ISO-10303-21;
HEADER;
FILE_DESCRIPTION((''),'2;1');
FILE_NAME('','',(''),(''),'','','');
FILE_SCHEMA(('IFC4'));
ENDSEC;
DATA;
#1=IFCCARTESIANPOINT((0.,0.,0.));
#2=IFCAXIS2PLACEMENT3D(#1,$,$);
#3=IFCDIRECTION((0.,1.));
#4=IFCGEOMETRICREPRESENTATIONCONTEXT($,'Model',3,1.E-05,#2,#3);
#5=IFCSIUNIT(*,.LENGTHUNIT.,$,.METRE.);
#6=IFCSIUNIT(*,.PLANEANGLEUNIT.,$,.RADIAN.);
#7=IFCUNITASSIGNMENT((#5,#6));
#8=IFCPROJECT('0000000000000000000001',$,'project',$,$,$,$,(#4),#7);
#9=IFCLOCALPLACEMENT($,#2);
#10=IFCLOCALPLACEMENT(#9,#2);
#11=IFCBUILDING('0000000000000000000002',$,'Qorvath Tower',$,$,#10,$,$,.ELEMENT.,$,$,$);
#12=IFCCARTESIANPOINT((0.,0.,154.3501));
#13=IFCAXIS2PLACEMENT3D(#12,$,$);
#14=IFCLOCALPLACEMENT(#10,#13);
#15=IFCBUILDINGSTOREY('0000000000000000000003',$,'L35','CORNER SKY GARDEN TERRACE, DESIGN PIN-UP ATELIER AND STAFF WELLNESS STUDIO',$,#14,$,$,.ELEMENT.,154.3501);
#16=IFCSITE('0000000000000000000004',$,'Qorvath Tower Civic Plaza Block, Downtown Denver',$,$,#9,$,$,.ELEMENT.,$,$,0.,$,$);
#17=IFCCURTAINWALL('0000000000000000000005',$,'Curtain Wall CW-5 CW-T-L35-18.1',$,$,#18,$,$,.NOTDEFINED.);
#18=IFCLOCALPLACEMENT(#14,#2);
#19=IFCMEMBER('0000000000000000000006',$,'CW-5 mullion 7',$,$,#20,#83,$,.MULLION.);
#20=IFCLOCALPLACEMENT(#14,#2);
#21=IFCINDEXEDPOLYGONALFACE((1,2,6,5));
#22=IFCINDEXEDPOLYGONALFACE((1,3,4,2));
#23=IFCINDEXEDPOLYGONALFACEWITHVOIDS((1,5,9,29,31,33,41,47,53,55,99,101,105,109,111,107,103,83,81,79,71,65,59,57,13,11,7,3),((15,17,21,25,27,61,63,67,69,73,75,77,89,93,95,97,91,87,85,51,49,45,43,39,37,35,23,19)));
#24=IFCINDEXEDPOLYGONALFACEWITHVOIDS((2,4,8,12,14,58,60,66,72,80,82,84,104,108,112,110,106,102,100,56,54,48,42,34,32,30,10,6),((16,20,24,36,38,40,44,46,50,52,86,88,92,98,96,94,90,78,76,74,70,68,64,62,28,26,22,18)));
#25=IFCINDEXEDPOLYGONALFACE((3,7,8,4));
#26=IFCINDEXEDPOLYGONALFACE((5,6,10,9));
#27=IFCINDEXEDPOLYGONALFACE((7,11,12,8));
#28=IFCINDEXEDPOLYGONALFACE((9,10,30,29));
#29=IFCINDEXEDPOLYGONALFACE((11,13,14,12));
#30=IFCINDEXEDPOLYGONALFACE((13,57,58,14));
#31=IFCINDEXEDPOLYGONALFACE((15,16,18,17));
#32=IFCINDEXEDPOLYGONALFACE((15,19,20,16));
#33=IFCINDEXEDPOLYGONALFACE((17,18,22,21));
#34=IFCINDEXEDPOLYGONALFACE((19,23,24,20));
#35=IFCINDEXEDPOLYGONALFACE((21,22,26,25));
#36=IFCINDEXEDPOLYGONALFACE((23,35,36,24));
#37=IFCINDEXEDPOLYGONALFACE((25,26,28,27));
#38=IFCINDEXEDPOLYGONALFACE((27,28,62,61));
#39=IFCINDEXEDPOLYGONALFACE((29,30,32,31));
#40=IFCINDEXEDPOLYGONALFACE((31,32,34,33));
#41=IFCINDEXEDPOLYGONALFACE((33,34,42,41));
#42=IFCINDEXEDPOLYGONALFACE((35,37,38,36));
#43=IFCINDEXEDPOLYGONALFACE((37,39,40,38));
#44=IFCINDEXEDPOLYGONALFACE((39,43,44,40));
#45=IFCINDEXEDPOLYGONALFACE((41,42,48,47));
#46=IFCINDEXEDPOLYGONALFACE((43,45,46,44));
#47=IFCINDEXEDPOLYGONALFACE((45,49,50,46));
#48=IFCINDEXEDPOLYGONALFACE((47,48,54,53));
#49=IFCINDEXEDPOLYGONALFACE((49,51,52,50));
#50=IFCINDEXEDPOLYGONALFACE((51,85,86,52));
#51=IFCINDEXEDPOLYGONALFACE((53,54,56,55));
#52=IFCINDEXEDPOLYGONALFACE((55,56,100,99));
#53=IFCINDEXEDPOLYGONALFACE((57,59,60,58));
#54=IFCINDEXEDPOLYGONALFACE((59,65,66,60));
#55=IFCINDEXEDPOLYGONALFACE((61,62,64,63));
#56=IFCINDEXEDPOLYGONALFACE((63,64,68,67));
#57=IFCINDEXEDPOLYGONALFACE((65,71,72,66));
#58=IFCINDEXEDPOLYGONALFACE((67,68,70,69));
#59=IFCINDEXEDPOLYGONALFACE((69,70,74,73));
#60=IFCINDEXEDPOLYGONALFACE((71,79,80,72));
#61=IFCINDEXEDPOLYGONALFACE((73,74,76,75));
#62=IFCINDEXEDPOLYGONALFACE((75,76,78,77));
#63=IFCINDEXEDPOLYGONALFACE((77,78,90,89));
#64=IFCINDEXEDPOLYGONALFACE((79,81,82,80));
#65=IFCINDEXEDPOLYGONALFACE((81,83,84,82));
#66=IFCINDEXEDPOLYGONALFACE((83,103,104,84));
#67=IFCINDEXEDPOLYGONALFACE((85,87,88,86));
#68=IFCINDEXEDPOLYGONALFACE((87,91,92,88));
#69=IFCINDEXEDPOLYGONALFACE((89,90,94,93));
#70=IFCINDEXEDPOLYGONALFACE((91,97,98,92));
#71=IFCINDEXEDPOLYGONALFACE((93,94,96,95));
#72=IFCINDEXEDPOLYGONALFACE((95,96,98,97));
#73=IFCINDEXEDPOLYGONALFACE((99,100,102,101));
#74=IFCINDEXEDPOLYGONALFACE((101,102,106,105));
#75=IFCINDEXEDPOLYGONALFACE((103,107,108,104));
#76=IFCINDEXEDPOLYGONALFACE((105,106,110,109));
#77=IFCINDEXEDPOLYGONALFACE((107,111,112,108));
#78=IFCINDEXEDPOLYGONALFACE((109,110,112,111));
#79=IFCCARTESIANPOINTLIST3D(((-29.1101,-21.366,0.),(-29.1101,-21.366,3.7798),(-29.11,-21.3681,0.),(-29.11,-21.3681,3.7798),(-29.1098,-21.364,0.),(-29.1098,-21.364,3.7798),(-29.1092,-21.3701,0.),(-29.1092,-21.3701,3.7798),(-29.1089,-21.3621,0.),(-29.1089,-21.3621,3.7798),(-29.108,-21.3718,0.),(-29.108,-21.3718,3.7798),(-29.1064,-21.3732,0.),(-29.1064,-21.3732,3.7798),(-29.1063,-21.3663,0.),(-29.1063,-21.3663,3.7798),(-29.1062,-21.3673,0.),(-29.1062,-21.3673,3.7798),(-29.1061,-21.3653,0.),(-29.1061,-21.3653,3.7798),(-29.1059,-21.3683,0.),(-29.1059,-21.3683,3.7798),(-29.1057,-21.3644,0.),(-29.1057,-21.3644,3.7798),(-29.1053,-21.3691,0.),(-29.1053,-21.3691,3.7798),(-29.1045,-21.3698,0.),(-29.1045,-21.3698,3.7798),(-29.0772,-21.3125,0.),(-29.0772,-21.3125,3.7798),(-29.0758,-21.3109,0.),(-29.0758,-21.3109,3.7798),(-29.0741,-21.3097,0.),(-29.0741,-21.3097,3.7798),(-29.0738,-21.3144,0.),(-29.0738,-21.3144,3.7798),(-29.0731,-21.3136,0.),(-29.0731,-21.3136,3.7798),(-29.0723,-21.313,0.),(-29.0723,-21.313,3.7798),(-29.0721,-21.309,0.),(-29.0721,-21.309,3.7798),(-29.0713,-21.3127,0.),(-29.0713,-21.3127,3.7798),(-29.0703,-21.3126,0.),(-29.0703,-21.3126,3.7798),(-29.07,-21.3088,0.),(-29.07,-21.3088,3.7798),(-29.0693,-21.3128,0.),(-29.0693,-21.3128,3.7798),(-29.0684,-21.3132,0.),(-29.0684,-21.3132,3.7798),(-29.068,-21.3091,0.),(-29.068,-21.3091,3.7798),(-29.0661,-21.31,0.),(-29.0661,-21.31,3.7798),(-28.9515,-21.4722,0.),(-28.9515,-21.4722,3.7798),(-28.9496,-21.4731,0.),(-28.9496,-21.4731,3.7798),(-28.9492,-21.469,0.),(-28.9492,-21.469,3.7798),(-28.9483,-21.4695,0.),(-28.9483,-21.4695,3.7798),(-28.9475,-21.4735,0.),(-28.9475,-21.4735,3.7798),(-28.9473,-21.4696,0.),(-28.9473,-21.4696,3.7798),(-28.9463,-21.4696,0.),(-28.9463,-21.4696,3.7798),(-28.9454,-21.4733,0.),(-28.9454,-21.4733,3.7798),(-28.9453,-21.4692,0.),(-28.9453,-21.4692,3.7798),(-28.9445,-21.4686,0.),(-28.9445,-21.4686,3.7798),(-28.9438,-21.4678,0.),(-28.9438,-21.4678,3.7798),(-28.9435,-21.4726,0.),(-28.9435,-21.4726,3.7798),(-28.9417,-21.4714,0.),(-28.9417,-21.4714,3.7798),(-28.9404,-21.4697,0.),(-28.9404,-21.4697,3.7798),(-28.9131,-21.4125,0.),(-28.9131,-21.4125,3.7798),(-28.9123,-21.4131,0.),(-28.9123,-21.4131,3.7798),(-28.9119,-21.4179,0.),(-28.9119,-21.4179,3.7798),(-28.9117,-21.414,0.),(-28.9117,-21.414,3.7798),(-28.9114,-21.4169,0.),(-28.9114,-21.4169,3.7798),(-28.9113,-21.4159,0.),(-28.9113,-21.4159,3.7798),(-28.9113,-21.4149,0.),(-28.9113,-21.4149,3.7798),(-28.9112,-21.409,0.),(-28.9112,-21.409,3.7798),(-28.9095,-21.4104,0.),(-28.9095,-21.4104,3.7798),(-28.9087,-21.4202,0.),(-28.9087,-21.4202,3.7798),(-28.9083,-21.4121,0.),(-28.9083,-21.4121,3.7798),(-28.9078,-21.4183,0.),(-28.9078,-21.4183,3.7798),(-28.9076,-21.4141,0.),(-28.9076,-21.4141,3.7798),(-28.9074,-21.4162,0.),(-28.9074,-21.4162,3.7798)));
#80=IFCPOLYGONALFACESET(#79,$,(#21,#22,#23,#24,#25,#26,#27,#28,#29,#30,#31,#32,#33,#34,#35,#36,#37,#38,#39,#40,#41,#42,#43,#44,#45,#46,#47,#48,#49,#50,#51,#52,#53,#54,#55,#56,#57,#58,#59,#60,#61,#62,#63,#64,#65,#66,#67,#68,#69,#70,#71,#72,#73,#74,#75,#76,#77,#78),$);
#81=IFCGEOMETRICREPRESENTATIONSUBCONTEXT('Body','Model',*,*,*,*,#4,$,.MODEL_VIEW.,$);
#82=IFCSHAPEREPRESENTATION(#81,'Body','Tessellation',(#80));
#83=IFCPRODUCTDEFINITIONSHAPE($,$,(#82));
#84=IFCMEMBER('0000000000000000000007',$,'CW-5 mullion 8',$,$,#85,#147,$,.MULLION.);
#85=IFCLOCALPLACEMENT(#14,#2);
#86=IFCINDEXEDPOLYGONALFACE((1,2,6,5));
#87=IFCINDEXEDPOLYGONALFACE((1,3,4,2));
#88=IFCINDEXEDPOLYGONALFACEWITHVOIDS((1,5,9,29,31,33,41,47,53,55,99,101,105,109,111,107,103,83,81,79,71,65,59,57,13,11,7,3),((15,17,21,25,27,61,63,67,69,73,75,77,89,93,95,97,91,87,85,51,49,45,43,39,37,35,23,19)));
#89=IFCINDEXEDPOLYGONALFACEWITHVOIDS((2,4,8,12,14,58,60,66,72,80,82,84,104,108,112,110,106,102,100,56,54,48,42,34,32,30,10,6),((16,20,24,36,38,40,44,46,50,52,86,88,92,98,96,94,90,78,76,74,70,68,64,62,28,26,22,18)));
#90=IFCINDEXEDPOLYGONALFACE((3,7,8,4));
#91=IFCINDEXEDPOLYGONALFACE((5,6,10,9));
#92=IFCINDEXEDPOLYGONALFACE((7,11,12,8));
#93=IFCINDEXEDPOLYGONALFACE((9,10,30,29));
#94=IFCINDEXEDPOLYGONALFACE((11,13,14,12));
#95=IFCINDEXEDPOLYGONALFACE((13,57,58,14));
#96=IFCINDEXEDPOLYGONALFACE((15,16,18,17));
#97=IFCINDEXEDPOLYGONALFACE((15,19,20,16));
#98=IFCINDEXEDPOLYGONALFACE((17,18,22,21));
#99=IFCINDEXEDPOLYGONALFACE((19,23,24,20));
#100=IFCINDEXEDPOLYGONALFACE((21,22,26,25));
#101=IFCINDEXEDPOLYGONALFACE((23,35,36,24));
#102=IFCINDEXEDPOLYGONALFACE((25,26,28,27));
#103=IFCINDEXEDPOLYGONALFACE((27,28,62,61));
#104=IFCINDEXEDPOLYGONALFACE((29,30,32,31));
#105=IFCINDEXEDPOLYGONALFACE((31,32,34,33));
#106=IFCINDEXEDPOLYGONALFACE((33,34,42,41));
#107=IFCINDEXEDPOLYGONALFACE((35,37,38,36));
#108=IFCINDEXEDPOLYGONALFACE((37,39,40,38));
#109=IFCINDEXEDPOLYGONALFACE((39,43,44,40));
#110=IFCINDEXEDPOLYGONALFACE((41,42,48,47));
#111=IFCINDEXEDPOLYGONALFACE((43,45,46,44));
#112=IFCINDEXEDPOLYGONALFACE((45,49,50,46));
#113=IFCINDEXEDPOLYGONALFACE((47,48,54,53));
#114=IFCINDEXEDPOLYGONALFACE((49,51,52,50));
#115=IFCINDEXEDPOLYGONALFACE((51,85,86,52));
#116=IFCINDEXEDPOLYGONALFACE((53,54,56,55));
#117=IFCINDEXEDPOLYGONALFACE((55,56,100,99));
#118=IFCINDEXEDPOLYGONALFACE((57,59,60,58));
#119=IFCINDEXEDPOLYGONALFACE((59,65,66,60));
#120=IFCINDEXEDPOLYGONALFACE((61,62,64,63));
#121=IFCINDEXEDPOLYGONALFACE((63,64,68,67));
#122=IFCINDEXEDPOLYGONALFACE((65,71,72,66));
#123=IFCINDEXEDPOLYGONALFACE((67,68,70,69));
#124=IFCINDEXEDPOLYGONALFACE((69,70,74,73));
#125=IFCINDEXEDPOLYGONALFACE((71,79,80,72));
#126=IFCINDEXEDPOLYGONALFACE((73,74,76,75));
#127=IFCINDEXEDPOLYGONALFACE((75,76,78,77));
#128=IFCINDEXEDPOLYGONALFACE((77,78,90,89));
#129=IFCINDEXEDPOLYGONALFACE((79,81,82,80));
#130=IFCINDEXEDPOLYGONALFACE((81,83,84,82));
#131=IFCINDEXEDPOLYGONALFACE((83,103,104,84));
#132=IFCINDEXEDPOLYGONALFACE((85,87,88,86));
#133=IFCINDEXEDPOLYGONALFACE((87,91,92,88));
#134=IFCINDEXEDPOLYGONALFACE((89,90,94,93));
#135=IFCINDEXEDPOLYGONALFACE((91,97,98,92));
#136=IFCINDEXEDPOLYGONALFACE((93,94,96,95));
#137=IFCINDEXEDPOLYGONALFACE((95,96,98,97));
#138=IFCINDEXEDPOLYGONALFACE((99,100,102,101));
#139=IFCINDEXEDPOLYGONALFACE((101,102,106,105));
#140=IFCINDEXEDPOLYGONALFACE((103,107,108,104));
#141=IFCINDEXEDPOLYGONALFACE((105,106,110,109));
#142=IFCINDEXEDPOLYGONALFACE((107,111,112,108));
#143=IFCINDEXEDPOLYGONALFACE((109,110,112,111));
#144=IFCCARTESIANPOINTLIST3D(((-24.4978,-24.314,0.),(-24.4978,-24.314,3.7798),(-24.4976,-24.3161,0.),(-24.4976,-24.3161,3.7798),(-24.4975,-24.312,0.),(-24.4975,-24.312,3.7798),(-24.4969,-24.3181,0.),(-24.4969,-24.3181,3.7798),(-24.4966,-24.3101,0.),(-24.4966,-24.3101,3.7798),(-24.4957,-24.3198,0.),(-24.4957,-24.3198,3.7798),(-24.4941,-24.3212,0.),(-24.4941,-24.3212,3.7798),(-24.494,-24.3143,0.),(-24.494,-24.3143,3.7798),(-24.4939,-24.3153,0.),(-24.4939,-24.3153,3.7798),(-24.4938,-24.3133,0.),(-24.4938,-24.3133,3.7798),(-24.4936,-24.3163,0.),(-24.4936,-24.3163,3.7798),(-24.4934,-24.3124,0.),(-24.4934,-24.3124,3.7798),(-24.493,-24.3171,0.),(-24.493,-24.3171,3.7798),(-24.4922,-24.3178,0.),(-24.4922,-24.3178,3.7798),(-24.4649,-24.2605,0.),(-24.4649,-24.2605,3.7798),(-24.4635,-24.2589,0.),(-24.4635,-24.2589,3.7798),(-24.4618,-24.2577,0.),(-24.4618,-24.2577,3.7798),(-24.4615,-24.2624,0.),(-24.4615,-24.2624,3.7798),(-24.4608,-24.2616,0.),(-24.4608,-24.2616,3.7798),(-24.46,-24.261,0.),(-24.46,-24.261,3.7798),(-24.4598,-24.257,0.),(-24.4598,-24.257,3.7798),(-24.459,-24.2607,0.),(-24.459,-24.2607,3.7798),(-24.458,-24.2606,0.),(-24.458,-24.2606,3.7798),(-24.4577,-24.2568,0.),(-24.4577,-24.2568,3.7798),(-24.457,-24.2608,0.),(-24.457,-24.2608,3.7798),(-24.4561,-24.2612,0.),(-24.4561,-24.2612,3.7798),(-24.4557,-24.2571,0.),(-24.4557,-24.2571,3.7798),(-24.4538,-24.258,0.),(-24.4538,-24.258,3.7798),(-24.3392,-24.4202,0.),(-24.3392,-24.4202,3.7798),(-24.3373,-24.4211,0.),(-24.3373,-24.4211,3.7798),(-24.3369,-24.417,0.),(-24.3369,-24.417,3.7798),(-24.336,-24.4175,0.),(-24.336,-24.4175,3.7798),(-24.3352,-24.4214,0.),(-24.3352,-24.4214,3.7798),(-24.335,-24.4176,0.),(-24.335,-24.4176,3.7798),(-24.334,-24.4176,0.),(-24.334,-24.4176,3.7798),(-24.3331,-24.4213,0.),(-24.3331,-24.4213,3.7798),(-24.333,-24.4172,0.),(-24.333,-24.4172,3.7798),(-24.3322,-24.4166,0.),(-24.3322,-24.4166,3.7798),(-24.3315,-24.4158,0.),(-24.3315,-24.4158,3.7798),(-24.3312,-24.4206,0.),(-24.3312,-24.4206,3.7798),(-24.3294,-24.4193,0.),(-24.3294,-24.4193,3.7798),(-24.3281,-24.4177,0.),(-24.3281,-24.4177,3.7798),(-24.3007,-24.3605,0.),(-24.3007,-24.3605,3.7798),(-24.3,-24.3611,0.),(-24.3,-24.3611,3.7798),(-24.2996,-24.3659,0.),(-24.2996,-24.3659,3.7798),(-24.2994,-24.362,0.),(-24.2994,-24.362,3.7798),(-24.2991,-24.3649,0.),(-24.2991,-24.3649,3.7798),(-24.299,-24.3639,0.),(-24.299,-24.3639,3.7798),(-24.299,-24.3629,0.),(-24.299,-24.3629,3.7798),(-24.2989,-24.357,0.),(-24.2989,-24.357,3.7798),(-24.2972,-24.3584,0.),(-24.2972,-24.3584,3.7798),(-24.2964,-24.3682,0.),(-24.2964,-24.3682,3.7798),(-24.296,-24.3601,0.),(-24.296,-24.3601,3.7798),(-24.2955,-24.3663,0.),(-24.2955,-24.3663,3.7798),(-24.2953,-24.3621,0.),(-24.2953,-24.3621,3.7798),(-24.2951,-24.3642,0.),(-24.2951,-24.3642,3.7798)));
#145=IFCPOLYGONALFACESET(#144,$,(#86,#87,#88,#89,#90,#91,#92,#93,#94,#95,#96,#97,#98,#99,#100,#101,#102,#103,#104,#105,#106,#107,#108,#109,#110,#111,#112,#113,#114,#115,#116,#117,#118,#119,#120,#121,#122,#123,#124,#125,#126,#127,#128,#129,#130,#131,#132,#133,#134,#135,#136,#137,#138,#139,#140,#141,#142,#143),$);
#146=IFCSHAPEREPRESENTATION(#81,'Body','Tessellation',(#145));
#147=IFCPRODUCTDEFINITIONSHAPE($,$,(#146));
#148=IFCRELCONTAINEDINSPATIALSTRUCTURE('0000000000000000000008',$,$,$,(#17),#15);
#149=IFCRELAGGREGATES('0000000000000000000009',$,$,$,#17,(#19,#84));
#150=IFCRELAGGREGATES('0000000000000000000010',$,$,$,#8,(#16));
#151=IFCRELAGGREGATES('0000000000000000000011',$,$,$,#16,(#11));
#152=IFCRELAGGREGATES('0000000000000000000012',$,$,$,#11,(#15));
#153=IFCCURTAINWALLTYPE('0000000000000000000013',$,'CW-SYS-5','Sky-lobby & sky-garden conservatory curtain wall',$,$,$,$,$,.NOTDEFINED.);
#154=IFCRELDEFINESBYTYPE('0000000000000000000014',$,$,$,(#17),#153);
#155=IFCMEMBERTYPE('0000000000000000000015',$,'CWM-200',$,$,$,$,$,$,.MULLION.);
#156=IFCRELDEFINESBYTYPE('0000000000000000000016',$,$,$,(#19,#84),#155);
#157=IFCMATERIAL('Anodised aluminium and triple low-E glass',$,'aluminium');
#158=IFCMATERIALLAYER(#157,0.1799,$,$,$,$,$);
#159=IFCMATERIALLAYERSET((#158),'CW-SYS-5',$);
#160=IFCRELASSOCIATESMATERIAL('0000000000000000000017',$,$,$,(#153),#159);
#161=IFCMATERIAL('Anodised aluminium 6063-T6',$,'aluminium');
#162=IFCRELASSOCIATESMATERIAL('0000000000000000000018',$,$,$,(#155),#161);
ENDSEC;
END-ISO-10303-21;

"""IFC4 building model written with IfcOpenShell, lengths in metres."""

from ifc_helpers import new_model, si_unit, direction, frame, origin, origin_2d, place, context, subcontext, project, spatial, hollow_rectangle, extrude, material, layer, layer_set, material_profile, profile_set, type_object, element, aggregate, save


model = new_model("IFC4")

# Units and contexts
model_context = context("Model", 3, precision=1e-05, world=origin(), true_north=direction((0.0, 1.0)))
body_context = subcontext(model_context, "Body", "Model", "MODEL_VIEW")
ifc_project = project(units=[si_unit("LENGTHUNIT", "METRE"), si_unit("PLANEANGLEUNIT", "RADIAN")], contexts=[model_context])

# Site, building, storey
site_placement = place(None, origin())
site = spatial("IfcSite", under=ifc_project, at=site_placement, Name="Qorvath Tower Civic Plaza Block, Downtown Denver", CompositionType="ELEMENT", RefElevation=0.0)
building_placement = place(site_placement, origin())
building = spatial("IfcBuilding", under=site, at=building_placement, Name="Qorvath Tower", CompositionType="ELEMENT")
storey_placement = place(building_placement, frame((0.0, 0.0, 154.3501)))
storey = spatial("IfcBuildingStorey", under=building, at=storey_placement, Name="L35", Description="CORNER SKY GARDEN TERRACE, DESIGN PIN-UP ATELIER AND STAFF WELLNESS STUDIO", CompositionType="ELEMENT", Elevation=154.3501)

# Curtain wall, members
ifc_material_1 = material(Name="Anodised aluminium and triple low-E glass", Category="aluminium")
ifc_layer_1 = layer(ifc_material_1, 0.1799)
ifc_layer_set_1 = layer_set([ifc_layer_1], Name="CW-SYS-5")
curtain_wall_type = type_object("IfcCurtainWallType", Name="CW-SYS-5", Description="Sky-lobby & sky-garden conservatory curtain wall", PredefinedType="NOTDEFINED", material=ifc_layer_set_1)
curtain_wall_placement = place(storey_placement, origin())
curtain_wall = element("IfcCurtainWall", 1, at=curtain_wall_placement, inside=storey, type_object=curtain_wall_type, Name="Curtain Wall CW-5 CW-T-L35-18.1", PredefinedType="NOTDEFINED")
ifc_material_2 = material(Name="Anodised aluminium 6063-T6", Category="aluminium")
ifc_material_profile_1 = material_profile(ifc_material_2, hollow_rectangle(XDim=0.075, YDim=0.2, WallThickness=0.0039, InnerFilletRadius=0.0039, OuterFilletRadius=0.0081, at=origin_2d()), Name="CWM 200x75")
ifc_profile_set_1 = profile_set([ifc_material_profile_1], Name="Anodised aluminium 6063-T6")
member_type_1 = type_object("IfcMemberType", Name="CWM-200", PredefinedType="MULLION", material=ifc_profile_set_1)
member_1_placement = place(storey_placement, frame((-29.0088, -21.3911, 0.0), z_axis=(0.0, 0.0, 1.0), x_axis=(0.538536, 0.842602, 0.0)))
member_1 = element("IfcMember", 2, at=member_1_placement, type_object=member_type_1, Name="CW-5 mullion 7", PredefinedType="MULLION", context=body_context, shape_type="SweptSolid", body=[
    extrude(hollow_rectangle(XDim=0.075, YDim=0.2, WallThickness=0.0039, InnerFilletRadius=0.0039, OuterFilletRadius=0.0081, at=origin_2d()), origin(), (0.0, 0.0, 1.0), 3.7798),
])
member_2_placement = place(storey_placement, frame((-24.3965, -24.3391, 0.0), z_axis=(0.0, 0.0, 1.0), x_axis=(0.538536, 0.842602, 0.0)))
member_2 = element("IfcMember", 3, at=member_2_placement, type_object=member_type_1, Name="CW-5 mullion 8", PredefinedType="MULLION", context=body_context, shape_type="SweptSolid", body=[
    extrude(hollow_rectangle(XDim=0.075, YDim=0.2, WallThickness=0.0039, InnerFilletRadius=0.0039, OuterFilletRadius=0.0081, at=origin_2d()), origin(), (0.0, 0.0, 1.0), 3.7798),
])
aggregate(curtain_wall, [member_1, member_2])

save(model, "model.ifc")
